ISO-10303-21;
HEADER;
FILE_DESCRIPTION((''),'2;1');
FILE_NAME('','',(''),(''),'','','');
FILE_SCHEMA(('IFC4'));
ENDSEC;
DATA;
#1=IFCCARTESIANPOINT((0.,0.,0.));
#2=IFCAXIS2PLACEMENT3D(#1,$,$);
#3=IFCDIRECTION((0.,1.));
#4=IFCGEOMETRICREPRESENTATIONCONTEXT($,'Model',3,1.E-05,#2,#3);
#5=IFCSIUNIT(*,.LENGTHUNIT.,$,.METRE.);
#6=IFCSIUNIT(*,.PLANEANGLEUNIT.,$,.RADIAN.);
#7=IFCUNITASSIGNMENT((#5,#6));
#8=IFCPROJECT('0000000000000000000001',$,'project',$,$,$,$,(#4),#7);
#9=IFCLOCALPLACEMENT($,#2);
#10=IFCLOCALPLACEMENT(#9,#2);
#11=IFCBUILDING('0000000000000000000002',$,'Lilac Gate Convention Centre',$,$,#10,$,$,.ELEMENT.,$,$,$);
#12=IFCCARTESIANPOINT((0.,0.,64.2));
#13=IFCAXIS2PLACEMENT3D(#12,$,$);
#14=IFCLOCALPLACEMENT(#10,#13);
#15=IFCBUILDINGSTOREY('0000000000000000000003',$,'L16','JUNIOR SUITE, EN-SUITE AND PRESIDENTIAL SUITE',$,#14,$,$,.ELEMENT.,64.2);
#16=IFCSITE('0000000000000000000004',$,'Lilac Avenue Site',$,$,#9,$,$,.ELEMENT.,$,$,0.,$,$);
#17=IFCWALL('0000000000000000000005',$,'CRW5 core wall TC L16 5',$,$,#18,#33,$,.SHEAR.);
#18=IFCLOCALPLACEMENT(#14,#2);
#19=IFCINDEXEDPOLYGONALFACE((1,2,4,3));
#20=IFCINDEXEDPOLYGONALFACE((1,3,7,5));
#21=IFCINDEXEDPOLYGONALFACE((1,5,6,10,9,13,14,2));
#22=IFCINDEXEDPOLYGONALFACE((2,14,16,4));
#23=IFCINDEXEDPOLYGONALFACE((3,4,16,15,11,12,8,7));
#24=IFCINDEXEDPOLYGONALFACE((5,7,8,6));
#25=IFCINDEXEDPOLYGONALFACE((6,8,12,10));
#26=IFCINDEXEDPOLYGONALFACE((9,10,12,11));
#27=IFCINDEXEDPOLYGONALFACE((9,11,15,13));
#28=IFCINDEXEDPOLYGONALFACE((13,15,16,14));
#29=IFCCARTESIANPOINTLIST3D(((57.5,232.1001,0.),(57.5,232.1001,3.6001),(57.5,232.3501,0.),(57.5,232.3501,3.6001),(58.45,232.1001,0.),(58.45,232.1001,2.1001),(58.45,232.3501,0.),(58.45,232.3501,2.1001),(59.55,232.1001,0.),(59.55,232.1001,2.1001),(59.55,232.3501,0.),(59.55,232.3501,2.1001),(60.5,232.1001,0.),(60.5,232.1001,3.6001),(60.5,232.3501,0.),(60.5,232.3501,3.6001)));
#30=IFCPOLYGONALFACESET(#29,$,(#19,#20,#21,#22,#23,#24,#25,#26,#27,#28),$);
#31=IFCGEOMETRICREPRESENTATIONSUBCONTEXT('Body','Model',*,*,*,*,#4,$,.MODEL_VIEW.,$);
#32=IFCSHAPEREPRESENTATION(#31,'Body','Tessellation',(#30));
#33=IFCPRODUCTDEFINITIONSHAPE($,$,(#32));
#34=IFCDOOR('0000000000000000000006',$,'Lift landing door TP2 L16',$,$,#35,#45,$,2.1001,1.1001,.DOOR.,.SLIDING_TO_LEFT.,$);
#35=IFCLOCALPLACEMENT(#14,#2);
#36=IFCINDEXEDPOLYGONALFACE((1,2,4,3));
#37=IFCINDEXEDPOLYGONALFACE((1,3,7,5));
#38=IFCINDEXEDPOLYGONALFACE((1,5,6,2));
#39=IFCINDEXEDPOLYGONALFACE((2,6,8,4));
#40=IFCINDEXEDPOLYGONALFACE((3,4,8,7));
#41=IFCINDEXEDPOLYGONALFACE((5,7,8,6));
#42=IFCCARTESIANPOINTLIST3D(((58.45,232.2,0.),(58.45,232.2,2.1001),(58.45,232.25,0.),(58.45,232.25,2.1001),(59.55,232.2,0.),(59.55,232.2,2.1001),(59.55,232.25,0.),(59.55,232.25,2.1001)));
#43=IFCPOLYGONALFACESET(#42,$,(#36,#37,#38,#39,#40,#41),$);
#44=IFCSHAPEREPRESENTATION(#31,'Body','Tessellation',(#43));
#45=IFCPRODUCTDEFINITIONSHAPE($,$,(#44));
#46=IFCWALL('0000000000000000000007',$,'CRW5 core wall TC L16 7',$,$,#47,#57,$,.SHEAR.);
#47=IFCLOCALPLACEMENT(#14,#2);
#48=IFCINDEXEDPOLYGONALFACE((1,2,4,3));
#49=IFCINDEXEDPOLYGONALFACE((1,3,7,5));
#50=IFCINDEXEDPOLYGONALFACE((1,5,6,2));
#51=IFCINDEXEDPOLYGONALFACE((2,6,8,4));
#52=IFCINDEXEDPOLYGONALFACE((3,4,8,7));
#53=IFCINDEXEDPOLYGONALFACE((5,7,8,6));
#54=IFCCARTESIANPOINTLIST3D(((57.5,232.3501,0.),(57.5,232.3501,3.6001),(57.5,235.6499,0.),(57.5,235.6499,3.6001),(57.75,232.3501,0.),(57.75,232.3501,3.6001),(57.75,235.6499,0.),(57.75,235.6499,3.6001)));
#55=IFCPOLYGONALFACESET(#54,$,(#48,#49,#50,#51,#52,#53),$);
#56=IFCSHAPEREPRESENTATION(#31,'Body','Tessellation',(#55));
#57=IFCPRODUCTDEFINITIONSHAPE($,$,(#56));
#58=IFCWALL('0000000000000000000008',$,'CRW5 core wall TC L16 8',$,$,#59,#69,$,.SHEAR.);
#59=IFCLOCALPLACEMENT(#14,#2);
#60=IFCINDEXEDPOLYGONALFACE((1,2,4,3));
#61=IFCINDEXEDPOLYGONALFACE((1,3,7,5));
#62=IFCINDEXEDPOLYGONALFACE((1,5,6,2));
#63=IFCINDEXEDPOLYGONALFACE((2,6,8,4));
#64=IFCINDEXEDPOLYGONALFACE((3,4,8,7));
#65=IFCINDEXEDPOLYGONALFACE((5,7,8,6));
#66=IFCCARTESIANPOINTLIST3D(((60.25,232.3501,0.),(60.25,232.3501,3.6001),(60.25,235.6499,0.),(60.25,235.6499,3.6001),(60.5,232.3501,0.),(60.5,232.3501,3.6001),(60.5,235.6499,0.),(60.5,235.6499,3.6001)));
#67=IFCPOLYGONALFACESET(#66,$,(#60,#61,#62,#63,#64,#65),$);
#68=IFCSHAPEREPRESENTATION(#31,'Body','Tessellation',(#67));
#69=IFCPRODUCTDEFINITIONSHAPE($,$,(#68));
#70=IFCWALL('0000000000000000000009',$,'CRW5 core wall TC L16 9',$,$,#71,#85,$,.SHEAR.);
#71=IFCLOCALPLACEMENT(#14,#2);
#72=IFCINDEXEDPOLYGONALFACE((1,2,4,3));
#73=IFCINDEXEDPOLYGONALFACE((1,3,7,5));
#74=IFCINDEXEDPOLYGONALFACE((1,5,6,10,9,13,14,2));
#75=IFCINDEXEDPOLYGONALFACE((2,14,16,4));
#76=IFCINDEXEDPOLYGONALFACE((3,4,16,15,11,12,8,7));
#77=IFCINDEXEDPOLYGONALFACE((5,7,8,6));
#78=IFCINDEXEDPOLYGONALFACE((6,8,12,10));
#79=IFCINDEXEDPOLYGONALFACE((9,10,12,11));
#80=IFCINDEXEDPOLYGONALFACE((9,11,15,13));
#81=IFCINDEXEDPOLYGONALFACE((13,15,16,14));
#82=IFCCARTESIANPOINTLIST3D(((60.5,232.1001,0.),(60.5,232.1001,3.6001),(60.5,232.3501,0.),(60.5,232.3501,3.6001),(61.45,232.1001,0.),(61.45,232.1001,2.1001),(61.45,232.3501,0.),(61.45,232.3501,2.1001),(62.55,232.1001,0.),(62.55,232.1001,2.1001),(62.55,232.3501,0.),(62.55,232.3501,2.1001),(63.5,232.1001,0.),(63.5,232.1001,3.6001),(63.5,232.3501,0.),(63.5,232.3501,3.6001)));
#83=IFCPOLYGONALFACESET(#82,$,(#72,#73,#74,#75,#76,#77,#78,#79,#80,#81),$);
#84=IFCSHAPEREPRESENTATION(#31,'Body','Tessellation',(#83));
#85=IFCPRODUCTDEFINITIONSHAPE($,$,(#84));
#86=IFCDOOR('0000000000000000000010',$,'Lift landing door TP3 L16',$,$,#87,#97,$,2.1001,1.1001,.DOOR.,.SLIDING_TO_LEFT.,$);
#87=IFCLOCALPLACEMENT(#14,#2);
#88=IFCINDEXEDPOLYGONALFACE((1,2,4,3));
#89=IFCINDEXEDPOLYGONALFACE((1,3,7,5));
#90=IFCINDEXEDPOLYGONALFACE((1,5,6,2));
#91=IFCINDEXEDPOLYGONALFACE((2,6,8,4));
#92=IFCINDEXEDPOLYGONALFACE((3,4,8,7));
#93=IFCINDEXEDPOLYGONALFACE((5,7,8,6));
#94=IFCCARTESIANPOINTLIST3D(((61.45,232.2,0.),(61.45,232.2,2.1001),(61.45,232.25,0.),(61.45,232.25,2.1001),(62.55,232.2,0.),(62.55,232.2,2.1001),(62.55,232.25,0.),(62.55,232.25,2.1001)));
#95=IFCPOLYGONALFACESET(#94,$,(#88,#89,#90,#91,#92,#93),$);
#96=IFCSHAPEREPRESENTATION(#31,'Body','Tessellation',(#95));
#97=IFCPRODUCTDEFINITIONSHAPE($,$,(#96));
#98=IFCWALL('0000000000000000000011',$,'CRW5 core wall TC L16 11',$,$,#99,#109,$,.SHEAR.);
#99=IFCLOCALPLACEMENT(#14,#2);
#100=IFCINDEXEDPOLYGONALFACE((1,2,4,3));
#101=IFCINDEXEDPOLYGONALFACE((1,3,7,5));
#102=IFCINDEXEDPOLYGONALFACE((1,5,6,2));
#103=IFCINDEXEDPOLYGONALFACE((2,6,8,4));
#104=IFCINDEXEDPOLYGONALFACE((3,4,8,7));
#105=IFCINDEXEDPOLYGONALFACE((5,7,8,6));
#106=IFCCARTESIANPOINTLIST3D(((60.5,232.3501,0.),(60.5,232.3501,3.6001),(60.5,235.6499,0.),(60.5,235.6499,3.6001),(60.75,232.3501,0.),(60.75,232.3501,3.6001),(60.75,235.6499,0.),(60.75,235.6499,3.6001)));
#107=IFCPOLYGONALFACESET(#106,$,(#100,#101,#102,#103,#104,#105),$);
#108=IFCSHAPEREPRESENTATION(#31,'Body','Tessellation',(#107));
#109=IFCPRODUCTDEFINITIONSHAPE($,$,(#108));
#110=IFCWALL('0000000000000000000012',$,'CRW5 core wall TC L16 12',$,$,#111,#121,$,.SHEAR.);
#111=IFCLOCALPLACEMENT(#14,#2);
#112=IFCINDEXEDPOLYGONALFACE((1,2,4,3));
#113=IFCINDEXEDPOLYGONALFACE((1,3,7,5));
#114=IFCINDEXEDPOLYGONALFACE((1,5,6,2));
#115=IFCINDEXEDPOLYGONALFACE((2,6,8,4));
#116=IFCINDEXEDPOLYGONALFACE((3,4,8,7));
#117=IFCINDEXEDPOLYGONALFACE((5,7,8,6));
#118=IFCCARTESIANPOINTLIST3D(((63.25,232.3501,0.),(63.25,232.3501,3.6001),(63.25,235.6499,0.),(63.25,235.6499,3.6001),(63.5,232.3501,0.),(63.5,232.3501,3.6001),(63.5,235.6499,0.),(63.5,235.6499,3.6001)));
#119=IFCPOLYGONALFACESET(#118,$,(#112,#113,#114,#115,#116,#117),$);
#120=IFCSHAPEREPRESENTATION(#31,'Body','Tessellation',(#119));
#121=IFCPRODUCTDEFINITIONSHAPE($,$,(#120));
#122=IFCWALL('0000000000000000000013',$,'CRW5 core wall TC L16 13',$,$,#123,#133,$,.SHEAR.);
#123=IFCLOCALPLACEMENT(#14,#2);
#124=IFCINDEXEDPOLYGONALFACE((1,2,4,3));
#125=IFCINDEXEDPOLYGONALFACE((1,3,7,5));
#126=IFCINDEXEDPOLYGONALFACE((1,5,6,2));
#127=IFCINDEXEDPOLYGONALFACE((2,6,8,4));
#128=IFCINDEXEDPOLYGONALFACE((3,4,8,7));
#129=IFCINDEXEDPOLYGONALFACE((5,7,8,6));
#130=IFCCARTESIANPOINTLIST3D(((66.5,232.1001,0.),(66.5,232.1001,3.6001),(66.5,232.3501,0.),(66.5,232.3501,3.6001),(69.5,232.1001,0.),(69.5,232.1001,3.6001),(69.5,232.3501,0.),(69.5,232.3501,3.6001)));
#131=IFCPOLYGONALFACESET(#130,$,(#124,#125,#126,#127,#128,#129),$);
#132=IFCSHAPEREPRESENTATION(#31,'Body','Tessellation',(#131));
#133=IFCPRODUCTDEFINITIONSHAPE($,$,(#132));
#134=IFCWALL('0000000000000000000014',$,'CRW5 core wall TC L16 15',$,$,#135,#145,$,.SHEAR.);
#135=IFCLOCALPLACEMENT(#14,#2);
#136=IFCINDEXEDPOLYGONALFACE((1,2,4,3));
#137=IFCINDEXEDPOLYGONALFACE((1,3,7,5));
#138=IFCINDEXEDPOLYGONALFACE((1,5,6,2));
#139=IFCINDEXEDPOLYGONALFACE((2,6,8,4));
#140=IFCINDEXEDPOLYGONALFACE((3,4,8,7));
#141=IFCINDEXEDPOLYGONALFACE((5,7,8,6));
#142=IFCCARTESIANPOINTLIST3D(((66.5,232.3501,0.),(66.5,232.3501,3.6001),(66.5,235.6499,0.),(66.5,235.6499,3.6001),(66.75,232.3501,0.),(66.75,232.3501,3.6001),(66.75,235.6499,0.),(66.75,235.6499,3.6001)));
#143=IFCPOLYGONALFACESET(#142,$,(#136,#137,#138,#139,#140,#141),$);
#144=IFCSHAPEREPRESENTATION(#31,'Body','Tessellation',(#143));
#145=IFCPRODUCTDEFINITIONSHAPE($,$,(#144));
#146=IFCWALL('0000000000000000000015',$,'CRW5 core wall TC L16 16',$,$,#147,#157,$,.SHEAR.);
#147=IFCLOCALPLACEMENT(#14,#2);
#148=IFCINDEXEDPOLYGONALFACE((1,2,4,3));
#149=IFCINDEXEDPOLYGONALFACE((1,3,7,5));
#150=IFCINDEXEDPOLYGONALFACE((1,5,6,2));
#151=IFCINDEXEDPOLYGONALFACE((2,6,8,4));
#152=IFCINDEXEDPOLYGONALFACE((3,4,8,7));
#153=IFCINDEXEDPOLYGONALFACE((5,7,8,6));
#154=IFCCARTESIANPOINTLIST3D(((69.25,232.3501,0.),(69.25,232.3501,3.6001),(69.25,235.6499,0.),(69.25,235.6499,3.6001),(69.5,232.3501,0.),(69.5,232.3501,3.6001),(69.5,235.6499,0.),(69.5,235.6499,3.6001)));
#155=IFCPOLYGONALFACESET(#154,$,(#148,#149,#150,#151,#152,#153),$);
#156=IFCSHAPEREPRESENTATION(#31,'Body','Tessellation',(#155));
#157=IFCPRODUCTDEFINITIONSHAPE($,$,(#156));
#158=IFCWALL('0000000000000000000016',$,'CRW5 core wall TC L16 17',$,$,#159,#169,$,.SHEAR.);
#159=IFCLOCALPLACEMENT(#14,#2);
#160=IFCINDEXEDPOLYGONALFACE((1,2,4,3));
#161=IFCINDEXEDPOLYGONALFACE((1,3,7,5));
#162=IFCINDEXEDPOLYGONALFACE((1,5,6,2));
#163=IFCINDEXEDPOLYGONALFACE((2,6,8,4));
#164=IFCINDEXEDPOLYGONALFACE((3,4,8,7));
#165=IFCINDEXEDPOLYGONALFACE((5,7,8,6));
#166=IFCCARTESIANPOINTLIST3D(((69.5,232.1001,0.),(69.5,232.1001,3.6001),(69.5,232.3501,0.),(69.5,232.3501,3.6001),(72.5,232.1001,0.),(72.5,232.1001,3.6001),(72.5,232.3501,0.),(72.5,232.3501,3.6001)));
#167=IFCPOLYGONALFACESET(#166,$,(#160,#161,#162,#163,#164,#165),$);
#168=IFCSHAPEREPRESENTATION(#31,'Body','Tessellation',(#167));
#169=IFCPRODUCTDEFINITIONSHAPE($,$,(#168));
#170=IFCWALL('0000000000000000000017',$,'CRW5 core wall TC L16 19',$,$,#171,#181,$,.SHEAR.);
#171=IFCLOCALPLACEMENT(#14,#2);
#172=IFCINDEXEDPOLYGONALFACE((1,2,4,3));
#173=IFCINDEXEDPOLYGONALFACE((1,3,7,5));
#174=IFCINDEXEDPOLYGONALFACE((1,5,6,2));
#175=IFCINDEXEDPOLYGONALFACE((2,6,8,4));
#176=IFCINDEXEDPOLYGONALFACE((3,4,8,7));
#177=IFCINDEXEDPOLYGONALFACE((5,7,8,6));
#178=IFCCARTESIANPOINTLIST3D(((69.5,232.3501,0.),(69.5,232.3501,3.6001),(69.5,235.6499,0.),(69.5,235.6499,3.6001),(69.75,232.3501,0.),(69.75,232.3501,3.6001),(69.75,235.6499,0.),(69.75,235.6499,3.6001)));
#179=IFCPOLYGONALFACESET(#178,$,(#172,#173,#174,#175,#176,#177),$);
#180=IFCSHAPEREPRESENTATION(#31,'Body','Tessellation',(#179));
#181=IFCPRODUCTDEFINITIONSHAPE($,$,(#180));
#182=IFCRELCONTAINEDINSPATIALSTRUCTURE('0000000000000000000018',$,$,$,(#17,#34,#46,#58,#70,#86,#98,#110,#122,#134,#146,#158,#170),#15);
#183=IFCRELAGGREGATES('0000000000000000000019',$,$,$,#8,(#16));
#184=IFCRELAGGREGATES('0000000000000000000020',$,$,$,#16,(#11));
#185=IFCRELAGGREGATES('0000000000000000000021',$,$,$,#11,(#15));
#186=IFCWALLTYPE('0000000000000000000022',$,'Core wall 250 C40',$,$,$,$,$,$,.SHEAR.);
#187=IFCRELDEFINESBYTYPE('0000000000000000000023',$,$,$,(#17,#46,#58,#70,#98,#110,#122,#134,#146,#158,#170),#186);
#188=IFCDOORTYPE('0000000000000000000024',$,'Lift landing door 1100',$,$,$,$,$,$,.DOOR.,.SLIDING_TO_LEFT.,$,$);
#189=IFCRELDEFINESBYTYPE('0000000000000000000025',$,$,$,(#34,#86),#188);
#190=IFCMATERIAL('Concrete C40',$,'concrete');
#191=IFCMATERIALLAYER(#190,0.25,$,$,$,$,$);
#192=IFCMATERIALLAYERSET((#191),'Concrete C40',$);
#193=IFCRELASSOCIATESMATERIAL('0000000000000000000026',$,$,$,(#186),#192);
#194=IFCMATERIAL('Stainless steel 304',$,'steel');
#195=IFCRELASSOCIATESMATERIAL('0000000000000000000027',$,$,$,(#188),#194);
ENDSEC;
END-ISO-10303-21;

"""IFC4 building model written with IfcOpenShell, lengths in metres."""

from ifc_helpers import new_model, si_unit, direction, frame, frame_2d, origin, place, context, subcontext, project, spatial, rectangle, extrude, material, layer, layer_set, type_object, element, fill, save


model = new_model("IFC4")

# Units and contexts
model_context = context("Model", 3, precision=1e-05, world=origin(), true_north=direction((0.0, 1.0)))
body_context = subcontext(model_context, "Body", "Model", "MODEL_VIEW")
ifc_project = project(units=[si_unit("LENGTHUNIT", "METRE"), si_unit("PLANEANGLEUNIT", "RADIAN")], contexts=[model_context])

# Site, building, storey
site_placement = place(None, origin())
site = spatial("IfcSite", under=ifc_project, at=site_placement, Name="Lilac Avenue Site", CompositionType="ELEMENT", RefElevation=0.0)
building_placement = place(site_placement, origin())
building = spatial("IfcBuilding", under=site, at=building_placement, Name="Lilac Gate Convention Centre", CompositionType="ELEMENT")
storey_placement = place(building_placement, frame((0.0, 0.0, 64.2)))
storey = spatial("IfcBuildingStorey", under=building, at=storey_placement, Name="L16", Description="JUNIOR SUITE, EN-SUITE AND PRESIDENTIAL SUITE", CompositionType="ELEMENT", Elevation=64.2)

# Wall, opening, door
ifc_material_1 = material(Name="Concrete C40", Category="concrete")
ifc_layer_1 = layer(ifc_material_1, 0.25)
ifc_layer_set_1 = layer_set([ifc_layer_1], Name="Concrete C40")
wall_type_1 = type_object("IfcWallType", Name="Core wall 250 C40", PredefinedType="SHEAR", material=ifc_layer_set_1)
wall_1_placement = place(storey_placement, frame((57.5, 232.2251, 0.0), z_axis=(0.0, 0.0, 1.0), x_axis=(1.0, 0.0, 0.0)))
wall_1 = element("IfcWall", 1, at=wall_1_placement, inside=storey, type_object=wall_type_1, Name="CRW5 core wall TC L16 5", PredefinedType="SHEAR", context=body_context, shape_type="SweptSolid", body=[
    extrude(rectangle(XDim=3.0, YDim=0.25, at=frame_2d((1.5, 0.0))), origin(), (0.0, 0.0, 1.0), 3.6001),
])
opening_1_placement = place(wall_1_placement, frame((0.95, 0.0, 0.0)))
opening_1 = element("IfcOpeningElement", 2, at=opening_1_placement, cuts=wall_1, PredefinedType="OPENING", context=body_context, shape_type="SweptSolid", body=[
    extrude(rectangle(XDim=1.1001, YDim=2.1001, at=frame_2d((0.55, 1.05))), frame((0.0, 0.135, 0.0), z_axis=(0.0, -1.0, 0.0), x_axis=(1.0, 0.0, 0.0)), (0.0, 0.0, 1.0), 0.27),
])
ifc_material_2 = material(Name="Stainless steel 304", Category="steel")
door_type_1 = type_object("IfcDoorType", Name="Lift landing door 1100", OperationType="SLIDING_TO_LEFT", PredefinedType="DOOR", material=ifc_material_2)
door_1_placement = place(opening_1_placement, origin())
door_1 = element("IfcDoor", 3, at=door_1_placement, inside=storey, type_object=door_type_1, Name="Lift landing door TP2 L16", OperationType="SLIDING_TO_LEFT", OverallHeight=2.1001, OverallWidth=1.1001, PredefinedType="DOOR", context=body_context, shape_type="SweptSolid", body=[
    extrude(rectangle(XDim=1.1001, YDim=2.1001, at=frame_2d((0.55, 1.05))), frame((0.0, 0.0249, 0.0), z_axis=(0.0, -1.0, 0.0), x_axis=(1.0, 0.0, 0.0)), (0.0, 0.0, 1.0), 0.05),
])
fill(opening_1, door_1)

# Walls
for number, where, z_axis, x_axis, name in (
    (4, (57.625, 232.3501, 0.0), (0.0, 0.0, 1.0), (0.0, 1.0, 0.0), "CRW5 core wall TC L16 7"),
    (5, (60.375, 232.3501, 0.0), (0.0, 0.0, 1.0), (0.0, 1.0, 0.0), "CRW5 core wall TC L16 8"),
):
    element("IfcWall", number, at=place(storey_placement, frame(where, z_axis=z_axis, x_axis=x_axis)), inside=storey, type_object=wall_type_1, Name=name, PredefinedType="SHEAR", context=body_context, shape_type="SweptSolid", body=[
        extrude(rectangle(XDim=3.2998, YDim=0.25, at=frame_2d((1.6499, 0.0))), origin(), (0.0, 0.0, 1.0), 3.6001),
    ])

# Wall, opening, door
wall_2_placement = place(storey_placement, frame((60.5, 232.2251, 0.0), z_axis=(0.0, 0.0, 1.0), x_axis=(1.0, 0.0, 0.0)))
wall_2 = element("IfcWall", 6, at=wall_2_placement, inside=storey, type_object=wall_type_1, Name="CRW5 core wall TC L16 9", PredefinedType="SHEAR", context=body_context, shape_type="SweptSolid", body=[
    extrude(rectangle(XDim=3.0, YDim=0.25, at=frame_2d((1.5, 0.0))), origin(), (0.0, 0.0, 1.0), 3.6001),
])
opening_2_placement = place(wall_2_placement, frame((0.95, 0.0, 0.0)))
opening_2 = element("IfcOpeningElement", 7, at=opening_2_placement, cuts=wall_2, PredefinedType="OPENING", context=body_context, shape_type="SweptSolid", body=[
    extrude(rectangle(XDim=1.1001, YDim=2.1001, at=frame_2d((0.55, 1.05))), frame((0.0, 0.135, 0.0), z_axis=(0.0, -1.0, 0.0), x_axis=(1.0, 0.0, 0.0)), (0.0, 0.0, 1.0), 0.27),
])
door_2_placement = place(opening_2_placement, origin())
door_2 = element("IfcDoor", 8, at=door_2_placement, inside=storey, type_object=door_type_1, Name="Lift landing door TP3 L16", OperationType="SLIDING_TO_LEFT", OverallHeight=2.1001, OverallWidth=1.1001, PredefinedType="DOOR", context=body_context, shape_type="SweptSolid", body=[
    extrude(rectangle(XDim=1.1001, YDim=2.1001, at=frame_2d((0.55, 1.05))), frame((0.0, 0.0249, 0.0), z_axis=(0.0, -1.0, 0.0), x_axis=(1.0, 0.0, 0.0)), (0.0, 0.0, 1.0), 0.05),
])
fill(opening_2, door_2)

# Walls
for number, where, z_axis, x_axis, name in (
    (9, (60.625, 232.3501, 0.0), (0.0, 0.0, 1.0), (0.0, 1.0, 0.0), "CRW5 core wall TC L16 11"),
    (10, (63.375, 232.3501, 0.0), (0.0, 0.0, 1.0), (0.0, 1.0, 0.0), "CRW5 core wall TC L16 12"),
):
    element("IfcWall", number, at=place(storey_placement, frame(where, z_axis=z_axis, x_axis=x_axis)), inside=storey, type_object=wall_type_1, Name=name, PredefinedType="SHEAR", context=body_context, shape_type="SweptSolid", body=[
        extrude(rectangle(XDim=3.2998, YDim=0.25, at=frame_2d((1.6499, 0.0))), origin(), (0.0, 0.0, 1.0), 3.6001),
    ])
wall_3_placement = place(storey_placement, frame((66.5, 232.2251, 0.0), z_axis=(0.0, 0.0, 1.0), x_axis=(1.0, 0.0, 0.0)))
element("IfcWall", 11, at=wall_3_placement, inside=storey, type_object=wall_type_1, Name="CRW5 core wall TC L16 13", PredefinedType="SHEAR", context=body_context, shape_type="SweptSolid", body=[
    extrude(rectangle(XDim=3.0, YDim=0.25, at=frame_2d((1.5, 0.0))), origin(), (0.0, 0.0, 1.0), 3.6001),
])
for number, where, z_axis, x_axis, name in (
    (12, (66.625, 232.3501, 0.0), (0.0, 0.0, 1.0), (0.0, 1.0, 0.0), "CRW5 core wall TC L16 15"),
    (13, (69.375, 232.3501, 0.0), (0.0, 0.0, 1.0), (0.0, 1.0, 0.0), "CRW5 core wall TC L16 16"),
):
    element("IfcWall", number, at=place(storey_placement, frame(where, z_axis=z_axis, x_axis=x_axis)), inside=storey, type_object=wall_type_1, Name=name, PredefinedType="SHEAR", context=body_context, shape_type="SweptSolid", body=[
        extrude(rectangle(XDim=3.2998, YDim=0.25, at=frame_2d((1.6499, 0.0))), origin(), (0.0, 0.0, 1.0), 3.6001),
    ])
wall_4_placement = place(storey_placement, frame((69.5, 232.2251, 0.0), z_axis=(0.0, 0.0, 1.0), x_axis=(1.0, 0.0, 0.0)))
element("IfcWall", 14, at=wall_4_placement, inside=storey, type_object=wall_type_1, Name="CRW5 core wall TC L16 17", PredefinedType="SHEAR", context=body_context, shape_type="SweptSolid", body=[
    extrude(rectangle(XDim=3.0, YDim=0.25, at=frame_2d((1.5, 0.0))), origin(), (0.0, 0.0, 1.0), 3.6001),
])
wall_5_placement = place(storey_placement, frame((69.625, 232.3501, 0.0), z_axis=(0.0, 0.0, 1.0), x_axis=(0.0, 1.0, 0.0)))
element("IfcWall", 15, at=wall_5_placement, inside=storey, type_object=wall_type_1, Name="CRW5 core wall TC L16 19", PredefinedType="SHEAR", context=body_context, shape_type="SweptSolid", body=[
    extrude(rectangle(XDim=3.2998, YDim=0.25, at=frame_2d((1.6499, 0.0))), origin(), (0.0, 0.0, 1.0), 3.6001),
])

save(model, "model.ifc")
